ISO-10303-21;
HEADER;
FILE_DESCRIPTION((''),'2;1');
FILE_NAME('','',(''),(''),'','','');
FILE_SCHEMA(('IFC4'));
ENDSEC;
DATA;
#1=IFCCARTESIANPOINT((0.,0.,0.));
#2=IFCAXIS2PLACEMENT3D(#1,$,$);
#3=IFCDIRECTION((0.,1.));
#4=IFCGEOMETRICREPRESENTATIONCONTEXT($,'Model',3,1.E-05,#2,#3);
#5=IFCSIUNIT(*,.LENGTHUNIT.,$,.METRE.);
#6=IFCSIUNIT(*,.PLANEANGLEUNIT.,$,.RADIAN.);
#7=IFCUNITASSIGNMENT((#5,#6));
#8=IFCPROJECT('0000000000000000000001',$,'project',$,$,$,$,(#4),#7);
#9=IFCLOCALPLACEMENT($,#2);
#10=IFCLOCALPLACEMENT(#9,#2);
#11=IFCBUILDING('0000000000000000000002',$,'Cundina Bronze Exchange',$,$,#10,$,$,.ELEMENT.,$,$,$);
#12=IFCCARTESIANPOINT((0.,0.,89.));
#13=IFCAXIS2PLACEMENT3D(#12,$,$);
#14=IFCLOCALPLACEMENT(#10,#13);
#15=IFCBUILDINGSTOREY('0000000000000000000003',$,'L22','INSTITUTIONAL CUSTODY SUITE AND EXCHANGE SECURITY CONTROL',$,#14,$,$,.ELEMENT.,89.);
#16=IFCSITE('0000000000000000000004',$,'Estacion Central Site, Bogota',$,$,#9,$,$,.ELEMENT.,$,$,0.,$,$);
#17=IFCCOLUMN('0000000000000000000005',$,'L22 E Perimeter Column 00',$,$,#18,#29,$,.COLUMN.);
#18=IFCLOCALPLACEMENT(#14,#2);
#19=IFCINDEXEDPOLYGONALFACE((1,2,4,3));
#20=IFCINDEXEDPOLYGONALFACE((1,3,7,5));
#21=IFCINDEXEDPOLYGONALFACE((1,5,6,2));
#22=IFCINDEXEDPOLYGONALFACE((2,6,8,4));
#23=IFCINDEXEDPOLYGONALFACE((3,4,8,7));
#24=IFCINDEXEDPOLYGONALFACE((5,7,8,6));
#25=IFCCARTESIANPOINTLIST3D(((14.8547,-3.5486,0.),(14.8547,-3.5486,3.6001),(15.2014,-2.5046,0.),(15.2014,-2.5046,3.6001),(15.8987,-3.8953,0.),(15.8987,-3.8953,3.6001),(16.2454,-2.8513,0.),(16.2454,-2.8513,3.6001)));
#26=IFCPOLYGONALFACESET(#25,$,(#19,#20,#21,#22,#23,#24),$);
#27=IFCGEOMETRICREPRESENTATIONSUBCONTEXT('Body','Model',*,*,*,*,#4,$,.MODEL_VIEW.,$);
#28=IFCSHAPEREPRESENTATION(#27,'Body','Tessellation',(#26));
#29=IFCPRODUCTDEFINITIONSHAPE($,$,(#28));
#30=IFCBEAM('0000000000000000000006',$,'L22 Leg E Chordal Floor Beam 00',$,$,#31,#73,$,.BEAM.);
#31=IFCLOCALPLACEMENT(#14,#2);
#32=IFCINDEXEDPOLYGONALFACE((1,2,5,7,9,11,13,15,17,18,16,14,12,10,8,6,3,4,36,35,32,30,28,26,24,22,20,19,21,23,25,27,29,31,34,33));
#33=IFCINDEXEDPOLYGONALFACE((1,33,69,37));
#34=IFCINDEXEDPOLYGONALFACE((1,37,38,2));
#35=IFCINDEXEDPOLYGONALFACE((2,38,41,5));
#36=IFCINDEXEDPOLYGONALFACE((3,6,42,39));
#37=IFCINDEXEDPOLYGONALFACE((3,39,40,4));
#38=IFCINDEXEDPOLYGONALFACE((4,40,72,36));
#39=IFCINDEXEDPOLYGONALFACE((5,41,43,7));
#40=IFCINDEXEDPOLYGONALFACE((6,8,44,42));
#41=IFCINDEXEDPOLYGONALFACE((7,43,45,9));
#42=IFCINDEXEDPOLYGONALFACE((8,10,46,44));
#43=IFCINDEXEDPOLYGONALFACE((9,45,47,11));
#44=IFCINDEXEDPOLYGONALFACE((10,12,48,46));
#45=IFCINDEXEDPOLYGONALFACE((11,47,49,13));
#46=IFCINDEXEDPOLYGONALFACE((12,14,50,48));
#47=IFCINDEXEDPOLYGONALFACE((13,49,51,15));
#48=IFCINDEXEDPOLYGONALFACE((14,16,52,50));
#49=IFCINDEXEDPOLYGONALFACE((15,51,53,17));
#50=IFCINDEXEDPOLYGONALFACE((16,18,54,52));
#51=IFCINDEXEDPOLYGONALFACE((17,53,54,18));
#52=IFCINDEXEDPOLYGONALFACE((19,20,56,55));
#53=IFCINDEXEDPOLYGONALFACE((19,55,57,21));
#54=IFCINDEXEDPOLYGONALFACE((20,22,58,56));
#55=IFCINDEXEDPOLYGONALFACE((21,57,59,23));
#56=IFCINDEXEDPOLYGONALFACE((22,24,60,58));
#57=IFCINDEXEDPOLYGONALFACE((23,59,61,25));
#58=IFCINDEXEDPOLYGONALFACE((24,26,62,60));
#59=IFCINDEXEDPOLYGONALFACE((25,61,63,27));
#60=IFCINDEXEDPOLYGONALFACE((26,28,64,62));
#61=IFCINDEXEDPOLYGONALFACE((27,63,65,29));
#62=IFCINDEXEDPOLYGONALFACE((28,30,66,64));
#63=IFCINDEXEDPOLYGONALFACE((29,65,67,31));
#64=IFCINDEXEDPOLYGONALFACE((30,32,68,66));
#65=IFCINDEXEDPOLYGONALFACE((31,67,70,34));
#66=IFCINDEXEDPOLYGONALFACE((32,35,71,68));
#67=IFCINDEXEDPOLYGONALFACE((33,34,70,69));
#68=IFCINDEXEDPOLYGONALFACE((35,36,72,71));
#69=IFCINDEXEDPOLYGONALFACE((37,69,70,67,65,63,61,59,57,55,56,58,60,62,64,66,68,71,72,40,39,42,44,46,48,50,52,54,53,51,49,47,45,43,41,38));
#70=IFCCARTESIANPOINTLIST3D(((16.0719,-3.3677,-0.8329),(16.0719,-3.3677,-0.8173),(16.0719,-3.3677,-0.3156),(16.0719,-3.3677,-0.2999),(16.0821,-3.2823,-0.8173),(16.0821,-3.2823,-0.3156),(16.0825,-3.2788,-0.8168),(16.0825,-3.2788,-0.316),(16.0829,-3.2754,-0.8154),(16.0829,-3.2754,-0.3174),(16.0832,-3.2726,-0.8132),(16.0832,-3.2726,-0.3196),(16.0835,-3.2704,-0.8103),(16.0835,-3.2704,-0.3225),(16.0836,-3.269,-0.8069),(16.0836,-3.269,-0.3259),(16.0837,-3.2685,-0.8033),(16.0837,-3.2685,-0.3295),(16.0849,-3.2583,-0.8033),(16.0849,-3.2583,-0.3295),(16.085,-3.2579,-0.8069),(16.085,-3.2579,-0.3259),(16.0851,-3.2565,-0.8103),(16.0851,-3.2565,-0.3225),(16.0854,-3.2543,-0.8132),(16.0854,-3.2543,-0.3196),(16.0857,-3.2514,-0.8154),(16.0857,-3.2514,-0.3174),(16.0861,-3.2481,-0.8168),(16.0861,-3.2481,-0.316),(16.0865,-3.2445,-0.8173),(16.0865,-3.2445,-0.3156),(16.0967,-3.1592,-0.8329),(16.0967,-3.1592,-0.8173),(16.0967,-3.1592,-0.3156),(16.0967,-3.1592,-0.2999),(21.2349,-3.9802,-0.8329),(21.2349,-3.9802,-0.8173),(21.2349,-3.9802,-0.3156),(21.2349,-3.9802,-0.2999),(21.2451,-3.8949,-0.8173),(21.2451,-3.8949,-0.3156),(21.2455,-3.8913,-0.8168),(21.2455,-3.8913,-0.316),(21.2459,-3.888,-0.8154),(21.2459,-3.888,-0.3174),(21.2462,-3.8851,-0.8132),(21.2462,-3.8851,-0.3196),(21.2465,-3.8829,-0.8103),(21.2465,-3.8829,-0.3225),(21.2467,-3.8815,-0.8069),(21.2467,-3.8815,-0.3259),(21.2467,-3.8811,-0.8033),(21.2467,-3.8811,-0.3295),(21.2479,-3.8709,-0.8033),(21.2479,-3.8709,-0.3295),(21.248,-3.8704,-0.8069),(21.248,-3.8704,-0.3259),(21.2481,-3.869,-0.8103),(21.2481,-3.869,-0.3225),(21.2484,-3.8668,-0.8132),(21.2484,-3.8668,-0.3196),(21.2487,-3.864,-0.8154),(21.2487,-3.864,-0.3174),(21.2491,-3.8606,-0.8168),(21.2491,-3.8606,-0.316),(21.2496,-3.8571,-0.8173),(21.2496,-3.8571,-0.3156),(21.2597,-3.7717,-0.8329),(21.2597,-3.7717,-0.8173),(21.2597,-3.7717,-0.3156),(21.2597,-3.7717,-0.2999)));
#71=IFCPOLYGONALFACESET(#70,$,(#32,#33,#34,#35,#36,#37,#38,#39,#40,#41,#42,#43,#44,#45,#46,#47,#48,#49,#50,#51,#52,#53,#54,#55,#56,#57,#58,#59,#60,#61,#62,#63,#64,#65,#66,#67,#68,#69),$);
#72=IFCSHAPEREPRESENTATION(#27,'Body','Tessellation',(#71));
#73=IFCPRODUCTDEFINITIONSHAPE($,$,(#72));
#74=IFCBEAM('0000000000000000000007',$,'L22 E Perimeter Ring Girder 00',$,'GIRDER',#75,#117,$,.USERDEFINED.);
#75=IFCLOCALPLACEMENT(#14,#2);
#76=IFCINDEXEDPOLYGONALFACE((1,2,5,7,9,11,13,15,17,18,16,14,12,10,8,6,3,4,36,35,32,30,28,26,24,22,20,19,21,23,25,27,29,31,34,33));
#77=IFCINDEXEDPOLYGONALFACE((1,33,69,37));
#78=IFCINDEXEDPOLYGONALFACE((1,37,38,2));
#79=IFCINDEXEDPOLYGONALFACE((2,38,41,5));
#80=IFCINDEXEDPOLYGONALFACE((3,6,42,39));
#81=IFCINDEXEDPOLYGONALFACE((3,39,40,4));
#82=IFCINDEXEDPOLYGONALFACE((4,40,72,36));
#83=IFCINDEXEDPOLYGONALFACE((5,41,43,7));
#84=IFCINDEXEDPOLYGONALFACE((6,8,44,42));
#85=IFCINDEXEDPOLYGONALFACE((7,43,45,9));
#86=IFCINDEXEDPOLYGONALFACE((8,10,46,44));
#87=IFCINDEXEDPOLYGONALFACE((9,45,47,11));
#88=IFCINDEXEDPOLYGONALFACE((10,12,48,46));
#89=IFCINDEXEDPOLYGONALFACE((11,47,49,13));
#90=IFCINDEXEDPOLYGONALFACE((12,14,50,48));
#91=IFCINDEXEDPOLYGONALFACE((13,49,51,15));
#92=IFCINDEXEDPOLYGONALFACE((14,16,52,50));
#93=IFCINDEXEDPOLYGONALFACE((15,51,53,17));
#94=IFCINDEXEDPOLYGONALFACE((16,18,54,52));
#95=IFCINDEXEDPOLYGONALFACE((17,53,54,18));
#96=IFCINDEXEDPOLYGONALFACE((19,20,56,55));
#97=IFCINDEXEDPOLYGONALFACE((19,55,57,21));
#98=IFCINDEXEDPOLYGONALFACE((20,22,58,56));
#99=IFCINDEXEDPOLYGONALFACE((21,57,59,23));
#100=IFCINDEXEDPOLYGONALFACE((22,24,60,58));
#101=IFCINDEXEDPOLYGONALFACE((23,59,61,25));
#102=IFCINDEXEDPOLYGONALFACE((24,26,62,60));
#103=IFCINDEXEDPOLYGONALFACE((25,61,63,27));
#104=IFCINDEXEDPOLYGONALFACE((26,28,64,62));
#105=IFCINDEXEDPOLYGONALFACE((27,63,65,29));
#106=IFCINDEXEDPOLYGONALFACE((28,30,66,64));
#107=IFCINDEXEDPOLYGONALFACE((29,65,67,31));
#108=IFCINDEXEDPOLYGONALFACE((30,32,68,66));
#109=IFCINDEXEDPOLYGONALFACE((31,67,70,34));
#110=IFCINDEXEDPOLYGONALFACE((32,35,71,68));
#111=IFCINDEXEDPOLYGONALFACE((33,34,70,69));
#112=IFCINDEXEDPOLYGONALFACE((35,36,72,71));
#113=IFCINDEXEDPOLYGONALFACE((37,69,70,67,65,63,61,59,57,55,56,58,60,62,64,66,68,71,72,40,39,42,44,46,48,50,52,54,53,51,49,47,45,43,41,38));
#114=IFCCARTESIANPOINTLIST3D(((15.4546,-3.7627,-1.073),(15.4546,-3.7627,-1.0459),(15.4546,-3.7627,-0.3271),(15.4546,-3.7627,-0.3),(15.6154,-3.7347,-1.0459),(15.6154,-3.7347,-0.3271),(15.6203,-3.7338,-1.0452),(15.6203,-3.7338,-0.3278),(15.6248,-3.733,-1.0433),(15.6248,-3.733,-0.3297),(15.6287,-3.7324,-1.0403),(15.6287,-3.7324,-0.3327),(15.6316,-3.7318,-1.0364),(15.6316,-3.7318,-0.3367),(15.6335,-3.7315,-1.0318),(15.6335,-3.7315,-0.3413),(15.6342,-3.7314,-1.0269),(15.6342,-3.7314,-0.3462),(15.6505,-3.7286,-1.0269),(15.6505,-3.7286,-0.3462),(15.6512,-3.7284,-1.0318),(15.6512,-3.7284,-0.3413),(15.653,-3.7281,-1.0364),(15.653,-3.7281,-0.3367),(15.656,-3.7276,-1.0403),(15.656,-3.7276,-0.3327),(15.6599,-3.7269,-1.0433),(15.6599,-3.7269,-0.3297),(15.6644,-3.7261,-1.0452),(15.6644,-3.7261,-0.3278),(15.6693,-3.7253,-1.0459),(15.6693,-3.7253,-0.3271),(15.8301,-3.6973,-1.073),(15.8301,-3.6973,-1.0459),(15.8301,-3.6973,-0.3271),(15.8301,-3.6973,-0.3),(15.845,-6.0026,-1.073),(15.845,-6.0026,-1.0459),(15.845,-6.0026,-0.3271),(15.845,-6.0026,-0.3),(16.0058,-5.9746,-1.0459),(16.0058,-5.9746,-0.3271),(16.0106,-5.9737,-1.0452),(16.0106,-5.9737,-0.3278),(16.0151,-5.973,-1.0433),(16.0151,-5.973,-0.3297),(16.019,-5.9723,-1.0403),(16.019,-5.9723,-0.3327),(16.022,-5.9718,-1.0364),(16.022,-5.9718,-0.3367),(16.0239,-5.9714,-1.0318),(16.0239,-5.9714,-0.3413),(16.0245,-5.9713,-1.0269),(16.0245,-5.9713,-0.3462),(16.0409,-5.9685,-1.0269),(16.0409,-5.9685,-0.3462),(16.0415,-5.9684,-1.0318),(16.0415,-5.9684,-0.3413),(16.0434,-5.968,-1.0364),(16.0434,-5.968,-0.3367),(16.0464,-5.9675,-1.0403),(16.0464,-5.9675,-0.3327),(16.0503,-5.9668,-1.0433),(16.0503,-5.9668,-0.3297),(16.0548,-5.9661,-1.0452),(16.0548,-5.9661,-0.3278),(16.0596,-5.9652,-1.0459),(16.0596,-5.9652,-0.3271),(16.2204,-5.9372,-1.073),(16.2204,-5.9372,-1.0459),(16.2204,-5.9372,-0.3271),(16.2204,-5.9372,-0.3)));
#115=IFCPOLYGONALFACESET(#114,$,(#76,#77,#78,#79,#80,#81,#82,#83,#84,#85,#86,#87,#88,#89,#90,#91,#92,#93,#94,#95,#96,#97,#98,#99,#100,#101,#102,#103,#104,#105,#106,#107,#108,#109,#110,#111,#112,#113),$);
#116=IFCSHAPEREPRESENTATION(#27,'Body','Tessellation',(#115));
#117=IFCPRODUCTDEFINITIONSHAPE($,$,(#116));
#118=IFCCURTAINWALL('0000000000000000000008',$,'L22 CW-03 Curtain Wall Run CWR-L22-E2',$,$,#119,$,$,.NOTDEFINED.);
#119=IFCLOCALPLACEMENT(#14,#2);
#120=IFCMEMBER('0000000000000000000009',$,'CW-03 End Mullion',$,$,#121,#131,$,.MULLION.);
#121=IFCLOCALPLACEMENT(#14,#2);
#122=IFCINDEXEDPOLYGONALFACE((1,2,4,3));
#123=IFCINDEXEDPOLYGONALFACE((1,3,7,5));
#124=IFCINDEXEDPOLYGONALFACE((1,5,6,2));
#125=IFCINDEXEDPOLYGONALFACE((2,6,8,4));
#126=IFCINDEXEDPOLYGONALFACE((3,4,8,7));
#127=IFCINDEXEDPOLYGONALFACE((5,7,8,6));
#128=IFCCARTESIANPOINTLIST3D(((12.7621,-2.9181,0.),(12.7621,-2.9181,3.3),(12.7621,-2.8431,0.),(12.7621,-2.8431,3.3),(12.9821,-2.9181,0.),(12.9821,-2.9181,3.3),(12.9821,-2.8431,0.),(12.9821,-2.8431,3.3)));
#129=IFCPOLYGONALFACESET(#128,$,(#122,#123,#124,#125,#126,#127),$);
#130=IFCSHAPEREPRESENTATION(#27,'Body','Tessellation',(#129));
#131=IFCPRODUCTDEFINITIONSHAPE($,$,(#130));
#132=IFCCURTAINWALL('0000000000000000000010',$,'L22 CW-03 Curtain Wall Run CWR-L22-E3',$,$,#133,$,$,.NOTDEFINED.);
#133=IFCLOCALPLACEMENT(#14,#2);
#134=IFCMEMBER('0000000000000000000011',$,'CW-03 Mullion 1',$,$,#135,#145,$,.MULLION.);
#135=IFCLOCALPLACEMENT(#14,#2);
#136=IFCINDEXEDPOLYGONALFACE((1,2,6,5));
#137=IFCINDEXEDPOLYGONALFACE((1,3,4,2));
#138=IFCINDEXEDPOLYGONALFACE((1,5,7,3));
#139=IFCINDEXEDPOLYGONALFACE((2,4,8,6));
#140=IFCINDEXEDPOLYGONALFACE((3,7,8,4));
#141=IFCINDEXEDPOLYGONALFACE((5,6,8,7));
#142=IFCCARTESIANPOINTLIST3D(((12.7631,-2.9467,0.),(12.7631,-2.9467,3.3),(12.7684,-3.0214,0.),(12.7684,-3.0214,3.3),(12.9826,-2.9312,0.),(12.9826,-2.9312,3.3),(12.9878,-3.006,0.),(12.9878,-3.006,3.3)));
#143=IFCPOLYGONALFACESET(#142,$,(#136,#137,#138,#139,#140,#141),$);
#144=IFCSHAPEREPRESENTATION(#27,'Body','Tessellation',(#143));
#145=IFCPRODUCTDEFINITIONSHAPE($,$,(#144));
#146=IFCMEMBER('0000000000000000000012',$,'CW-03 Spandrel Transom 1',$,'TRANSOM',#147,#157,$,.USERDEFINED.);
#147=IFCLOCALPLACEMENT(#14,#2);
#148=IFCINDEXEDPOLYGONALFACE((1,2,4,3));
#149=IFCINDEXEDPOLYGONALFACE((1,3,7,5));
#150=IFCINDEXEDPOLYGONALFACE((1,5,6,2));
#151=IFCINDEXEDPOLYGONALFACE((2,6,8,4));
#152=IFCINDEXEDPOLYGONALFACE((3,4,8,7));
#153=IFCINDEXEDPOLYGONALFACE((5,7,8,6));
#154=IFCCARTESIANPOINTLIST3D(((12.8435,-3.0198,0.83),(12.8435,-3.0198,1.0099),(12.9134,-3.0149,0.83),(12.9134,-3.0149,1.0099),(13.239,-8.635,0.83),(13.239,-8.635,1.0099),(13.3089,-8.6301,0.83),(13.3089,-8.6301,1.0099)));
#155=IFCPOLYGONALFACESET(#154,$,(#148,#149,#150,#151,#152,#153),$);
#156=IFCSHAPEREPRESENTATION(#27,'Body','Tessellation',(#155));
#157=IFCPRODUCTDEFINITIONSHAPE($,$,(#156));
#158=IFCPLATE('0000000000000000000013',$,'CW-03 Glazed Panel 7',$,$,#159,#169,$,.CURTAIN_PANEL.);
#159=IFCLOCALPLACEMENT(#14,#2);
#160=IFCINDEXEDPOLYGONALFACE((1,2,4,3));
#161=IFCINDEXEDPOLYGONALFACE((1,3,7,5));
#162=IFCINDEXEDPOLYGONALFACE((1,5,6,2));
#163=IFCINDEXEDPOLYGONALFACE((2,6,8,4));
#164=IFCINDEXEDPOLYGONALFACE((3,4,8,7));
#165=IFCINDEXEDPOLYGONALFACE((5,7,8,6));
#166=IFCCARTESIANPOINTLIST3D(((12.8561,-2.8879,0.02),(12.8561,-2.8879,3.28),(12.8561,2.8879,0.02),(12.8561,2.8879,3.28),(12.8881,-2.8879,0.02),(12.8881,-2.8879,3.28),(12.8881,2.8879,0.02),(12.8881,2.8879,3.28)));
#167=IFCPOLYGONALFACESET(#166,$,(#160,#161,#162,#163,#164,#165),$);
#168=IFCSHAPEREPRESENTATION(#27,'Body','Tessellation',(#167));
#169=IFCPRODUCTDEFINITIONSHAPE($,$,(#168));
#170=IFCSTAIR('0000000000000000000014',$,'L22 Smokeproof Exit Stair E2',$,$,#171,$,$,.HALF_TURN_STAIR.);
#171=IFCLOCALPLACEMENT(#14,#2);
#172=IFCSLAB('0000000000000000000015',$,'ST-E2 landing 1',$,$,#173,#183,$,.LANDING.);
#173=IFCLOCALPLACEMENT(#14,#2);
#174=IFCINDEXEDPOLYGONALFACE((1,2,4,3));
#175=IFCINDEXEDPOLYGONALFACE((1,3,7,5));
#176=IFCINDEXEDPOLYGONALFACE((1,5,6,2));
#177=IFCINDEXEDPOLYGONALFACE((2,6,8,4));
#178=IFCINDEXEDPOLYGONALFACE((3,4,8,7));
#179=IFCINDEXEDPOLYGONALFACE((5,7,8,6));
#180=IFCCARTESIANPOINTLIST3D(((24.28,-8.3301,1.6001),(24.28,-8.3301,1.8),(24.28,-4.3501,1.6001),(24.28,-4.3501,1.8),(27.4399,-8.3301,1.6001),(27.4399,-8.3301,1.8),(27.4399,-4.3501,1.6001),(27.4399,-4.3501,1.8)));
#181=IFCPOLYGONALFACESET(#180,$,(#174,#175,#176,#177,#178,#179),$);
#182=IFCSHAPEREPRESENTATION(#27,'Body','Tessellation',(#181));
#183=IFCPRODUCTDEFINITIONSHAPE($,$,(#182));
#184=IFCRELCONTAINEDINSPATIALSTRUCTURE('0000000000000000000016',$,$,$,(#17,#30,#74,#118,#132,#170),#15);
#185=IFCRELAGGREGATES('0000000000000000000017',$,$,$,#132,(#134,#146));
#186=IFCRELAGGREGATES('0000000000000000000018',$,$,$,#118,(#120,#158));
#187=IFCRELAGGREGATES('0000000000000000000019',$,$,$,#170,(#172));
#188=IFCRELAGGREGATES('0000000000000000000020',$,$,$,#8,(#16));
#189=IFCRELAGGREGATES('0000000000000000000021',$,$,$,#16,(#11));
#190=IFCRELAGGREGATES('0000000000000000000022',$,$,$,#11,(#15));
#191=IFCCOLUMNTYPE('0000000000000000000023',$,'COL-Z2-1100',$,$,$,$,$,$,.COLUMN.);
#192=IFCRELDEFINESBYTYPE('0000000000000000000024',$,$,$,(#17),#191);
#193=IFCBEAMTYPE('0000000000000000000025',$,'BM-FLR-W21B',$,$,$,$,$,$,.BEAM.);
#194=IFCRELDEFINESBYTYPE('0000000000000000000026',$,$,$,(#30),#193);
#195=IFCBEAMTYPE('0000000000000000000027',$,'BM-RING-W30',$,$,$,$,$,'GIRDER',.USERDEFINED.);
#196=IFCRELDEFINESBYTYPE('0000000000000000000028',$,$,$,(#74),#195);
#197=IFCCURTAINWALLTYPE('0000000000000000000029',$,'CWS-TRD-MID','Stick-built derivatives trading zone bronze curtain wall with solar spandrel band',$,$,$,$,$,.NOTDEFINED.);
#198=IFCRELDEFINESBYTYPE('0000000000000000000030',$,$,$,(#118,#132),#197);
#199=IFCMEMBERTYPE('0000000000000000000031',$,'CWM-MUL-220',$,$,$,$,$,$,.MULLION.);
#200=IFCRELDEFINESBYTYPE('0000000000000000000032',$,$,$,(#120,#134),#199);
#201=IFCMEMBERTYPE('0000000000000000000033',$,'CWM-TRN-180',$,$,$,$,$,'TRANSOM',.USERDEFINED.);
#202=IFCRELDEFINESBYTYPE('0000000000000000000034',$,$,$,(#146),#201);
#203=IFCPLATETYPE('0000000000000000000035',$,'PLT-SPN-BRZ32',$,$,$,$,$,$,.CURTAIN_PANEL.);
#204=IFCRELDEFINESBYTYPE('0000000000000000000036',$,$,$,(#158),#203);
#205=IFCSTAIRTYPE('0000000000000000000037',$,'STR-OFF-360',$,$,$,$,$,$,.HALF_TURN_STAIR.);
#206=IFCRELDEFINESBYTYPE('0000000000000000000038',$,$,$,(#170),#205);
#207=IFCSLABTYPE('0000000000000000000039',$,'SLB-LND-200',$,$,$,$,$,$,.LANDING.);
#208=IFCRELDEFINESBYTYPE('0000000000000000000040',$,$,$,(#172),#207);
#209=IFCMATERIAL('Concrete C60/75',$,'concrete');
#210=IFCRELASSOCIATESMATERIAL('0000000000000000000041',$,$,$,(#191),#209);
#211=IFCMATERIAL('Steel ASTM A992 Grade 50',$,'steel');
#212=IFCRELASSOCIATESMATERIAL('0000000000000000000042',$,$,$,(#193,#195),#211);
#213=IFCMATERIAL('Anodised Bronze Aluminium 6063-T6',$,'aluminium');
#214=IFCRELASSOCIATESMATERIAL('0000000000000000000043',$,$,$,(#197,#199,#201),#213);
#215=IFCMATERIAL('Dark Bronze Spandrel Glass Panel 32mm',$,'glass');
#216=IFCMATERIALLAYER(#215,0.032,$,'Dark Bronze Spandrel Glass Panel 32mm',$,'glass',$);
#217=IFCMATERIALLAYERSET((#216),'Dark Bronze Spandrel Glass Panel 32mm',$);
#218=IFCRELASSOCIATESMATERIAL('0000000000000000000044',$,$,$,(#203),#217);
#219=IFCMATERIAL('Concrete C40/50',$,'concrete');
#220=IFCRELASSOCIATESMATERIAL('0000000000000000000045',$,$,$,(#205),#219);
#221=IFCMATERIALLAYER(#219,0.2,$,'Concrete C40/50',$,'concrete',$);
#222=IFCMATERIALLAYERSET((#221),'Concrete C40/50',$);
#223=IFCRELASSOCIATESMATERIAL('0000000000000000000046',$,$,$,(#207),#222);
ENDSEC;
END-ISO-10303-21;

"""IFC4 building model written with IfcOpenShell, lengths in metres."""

from ifc_helpers import new_model, si_unit, direction, frame, origin, origin_2d, place, context, subcontext, project, spatial, polyline, rectangle, i_section, outline, extrude, material, layer, layer_set, material_profile, profile_set, type_object, element, aggregate, save


model = new_model("IFC4")

# Units and contexts
model_context = context("Model", 3, precision=1e-05, world=origin(), true_north=direction((0.0, 1.0)))
body_context = subcontext(model_context, "Body", "Model", "MODEL_VIEW")
ifc_project = project(units=[si_unit("LENGTHUNIT", "METRE"), si_unit("PLANEANGLEUNIT", "RADIAN")], contexts=[model_context])

# Site, building, storey
site_placement = place(None, origin())
site = spatial("IfcSite", under=ifc_project, at=site_placement, Name="Estacion Central Site, Bogota", CompositionType="ELEMENT", RefElevation=0.0)
building_placement = place(site_placement, origin())
building = spatial("IfcBuilding", under=site, at=building_placement, Name="Cundina Bronze Exchange", CompositionType="ELEMENT")
storey_placement = place(building_placement, frame((0.0, 0.0, 89.0)))
storey = spatial("IfcBuildingStorey", under=building, at=storey_placement, Name="L22", Description="INSTITUTIONAL CUSTODY SUITE AND EXCHANGE SECURITY CONTROL", CompositionType="ELEMENT", Elevation=89.0)

# Column
ifc_material_1 = material(Name="Concrete C60/75", Category="concrete")
ifc_material_profile_1 = material_profile(ifc_material_1, rectangle(XDim=1.1001, YDim=1.1001, at=origin_2d()), Name="RC1100X1100", Category="concrete")
ifc_profile_set_1 = profile_set([ifc_material_profile_1], Name="Concrete C60/75")
column_type = type_object("IfcColumnType", Name="COL-Z2-1100", PredefinedType="COLUMN", material=ifc_profile_set_1)
column_placement = place(storey_placement, frame((15.55, -3.2, 0.0), z_axis=(0.0, 0.0, 1.0), x_axis=(-0.315152, -0.949041, 0.0)))
element("IfcColumn", 1, at=column_placement, inside=storey, type_object=column_type, Name="L22 E Perimeter Column 00", PredefinedType="COLUMN", context=body_context, shape_type="SweptSolid", body=[
    extrude(rectangle(XDim=1.1001, YDim=1.1001, at=origin_2d()), origin(), (0.0, 0.0, 1.0), 3.6001),
])

# Beams
ifc_material_2 = material(Name="Steel ASTM A992 Grade 50", Category="steel")
ifc_material_profile_2 = material_profile(ifc_material_2, i_section(OverallWidth=0.21, OverallDepth=0.533, WebThickness=0.0103, FlangeThickness=0.0156, FilletRadius=0.0139, at=origin_2d()), Name="W21X62", Category="steel")
ifc_profile_set_2 = profile_set([ifc_material_profile_2], Name="Steel ASTM A992 Grade 50")
beam_type_1 = type_object("IfcBeamType", Name="BM-FLR-W21B", PredefinedType="BEAM", material=ifc_profile_set_2)
beam_1_placement = place(storey_placement, frame((21.2473, -3.876, -0.5664), z_axis=(-0.993036, 0.117814, 0.0), x_axis=(-0.117814, -0.993036, 0.0)))
element("IfcBeam", 2, at=beam_1_placement, inside=storey, type_object=beam_type_1, Name="L22 Leg E Chordal Floor Beam 00", PredefinedType="BEAM", context=body_context, shape_type="SweptSolid", body=[
    extrude(i_section(OverallWidth=0.21, OverallDepth=0.533, WebThickness=0.0103, FlangeThickness=0.0156, FilletRadius=0.0139, at=origin_2d()), origin(), (0.0, 0.0, 1.0), 5.1992),
])
ifc_material_profile_3 = material_profile(ifc_material_2, i_section(OverallWidth=0.3811, OverallDepth=0.7729, WebThickness=0.0166, FlangeThickness=0.0271, FilletRadius=0.019, at=origin_2d()), Name="W30X173", Category="steel")
ifc_profile_set_3 = profile_set([ifc_material_profile_3], Name="Steel ASTM A992 Grade 50")
beam_type_2 = type_object("IfcBeamType", Name="BM-RING-W30", ElementType="GIRDER", PredefinedType="USERDEFINED", material=ifc_profile_set_3)
beam_2_placement = place(storey_placement, frame((15.6423, -3.73, -0.6865), z_axis=(0.17169, -0.985151, 0.0), x_axis=(0.985151, 0.17169, 0.0)))
element("IfcBeam", 3, at=beam_2_placement, inside=storey, type_object=beam_type_2, Name="L22 E Perimeter Ring Girder 00", ObjectType="GIRDER", PredefinedType="USERDEFINED", context=body_context, shape_type="SweptSolid", body=[
    extrude(i_section(OverallWidth=0.3811, OverallDepth=0.7729, WebThickness=0.0166, FlangeThickness=0.0271, FilletRadius=0.019, at=origin_2d()), origin(), (0.0, 0.0, 1.0), 2.2737),
])

# Curtain wall, member
ifc_material_3 = material(Name="Anodised Bronze Aluminium 6063-T6", Category="aluminium")
curtain_wall_type = type_object("IfcCurtainWallType", Name="CWS-TRD-MID", Description="Stick-built derivatives trading zone bronze curtain wall with solar spandrel band", PredefinedType="NOTDEFINED", material=ifc_material_3)
curtain_wall_1_placement = place(storey_placement, origin())
curtain_wall_1 = element("IfcCurtainWall", 4, at=curtain_wall_1_placement, inside=storey, type_object=curtain_wall_type, Name="L22 CW-03 Curtain Wall Run CWR-L22-E2", PredefinedType="NOTDEFINED")
ifc_material_profile_4 = material_profile(ifc_material_3, rectangle(XDim=0.075, YDim=0.22, at=origin_2d()), Name="AL75X220", Category="aluminium")
ifc_profile_set_4 = profile_set([ifc_material_profile_4], Name="Anodised Bronze Aluminium 6063-T6")
member_type_1 = type_object("IfcMemberType", Name="CWM-MUL-220", PredefinedType="MULLION", material=ifc_profile_set_4)
member_1_placement = place(storey_placement, frame((12.8721, -2.8806, 0.0), z_axis=(0.0, 0.0, 1.0), x_axis=(0.0, -1.0, 0.0)))
member_1 = element("IfcMember", 5, at=member_1_placement, type_object=member_type_1, Name="CW-03 End Mullion", PredefinedType="MULLION", context=body_context, shape_type="SweptSolid", body=[
    extrude(rectangle(XDim=0.075, YDim=0.22, at=origin_2d()), origin(), (0.0, 0.0, 1.0), 3.3),
])

# Curtain wall, members
curtain_wall_2_placement = place(storey_placement, origin())
curtain_wall_2 = element("IfcCurtainWall", 6, at=curtain_wall_2_placement, inside=storey, type_object=curtain_wall_type, Name="L22 CW-03 Curtain Wall Run CWR-L22-E3", PredefinedType="NOTDEFINED")
member_2_placement = place(storey_placement, frame((12.8755, -2.9763, 0.0), z_axis=(0.0, 0.0, 1.0), x_axis=(0.070279, -0.997527, 0.0)))
member_2 = element("IfcMember", 7, at=member_2_placement, type_object=member_type_1, Name="CW-03 Mullion 1", PredefinedType="MULLION", context=body_context, shape_type="SweptSolid", body=[
    extrude(rectangle(XDim=0.075, YDim=0.22, at=origin_2d()), origin(), (0.0, 0.0, 1.0), 3.3),
])
ifc_material_profile_5 = material_profile(ifc_material_3, rectangle(XDim=0.0701, YDim=0.1799, at=origin_2d()), Name="AL70X180", Category="aluminium")
ifc_profile_set_5 = profile_set([ifc_material_profile_5], Name="Anodised Bronze Aluminium 6063-T6")
member_type_2 = type_object("IfcMemberType", Name="CWM-TRN-180", ElementType="TRANSOM", PredefinedType="USERDEFINED", material=ifc_profile_set_5)
member_3_placement = place(storey_placement, frame((12.8784, -3.0173, 0.9199), z_axis=(0.070261, -0.997529, 0.0), x_axis=(0.997529, 0.070261, 0.0)))
member_3 = element("IfcMember", 8, at=member_3_placement, type_object=member_type_2, Name="CW-03 Spandrel Transom 1", ObjectType="TRANSOM", PredefinedType="USERDEFINED", context=body_context, shape_type="SweptSolid", body=[
    extrude(rectangle(XDim=0.0701, YDim=0.1799, at=origin_2d()), origin(), (0.0, 0.0, 1.0), 5.6292),
])
aggregate(curtain_wall_2, [member_2, member_3])

# Plate
ifc_material_4 = material(Name="Dark Bronze Spandrel Glass Panel 32mm", Category="glass")
ifc_layer_1 = layer(ifc_material_4, 0.032, Name="Dark Bronze Spandrel Glass Panel 32mm", Category="glass")
ifc_layer_set_1 = layer_set([ifc_layer_1], Name="Dark Bronze Spandrel Glass Panel 32mm")
plate_type = type_object("IfcPlateType", Name="PLT-SPN-BRZ32", PredefinedType="CURTAIN_PANEL", material=ifc_layer_set_1)
plate_placement = place(storey_placement, frame((12.8721, 0.0, 0.02), z_axis=(0.0, 0.0, 1.0), x_axis=(0.0, -1.0, 0.0)))
plate = element("IfcPlate", 9, at=plate_placement, type_object=plate_type, Name="CW-03 Glazed Panel 7", PredefinedType="CURTAIN_PANEL", context=body_context, shape_type="SweptSolid", body=[
    extrude(rectangle(XDim=5.7759, YDim=0.032, at=origin_2d()), origin(), (0.0, 0.0, 1.0), 3.26),
])
aggregate(curtain_wall_1, [member_1, plate])

# Stair, slab
ifc_material_5 = material(Name="Concrete C40/50", Category="concrete")
stair_type = type_object("IfcStairType", Name="STR-OFF-360", PredefinedType="HALF_TURN_STAIR", material=ifc_material_5)
stair_placement = place(storey_placement, origin())
stair = element("IfcStair", 10, at=stair_placement, inside=storey, type_object=stair_type, Name="L22 Smokeproof Exit Stair E2", PredefinedType="HALF_TURN_STAIR")
ifc_layer_2 = layer(ifc_material_5, 0.2, Name="Concrete C40/50", Category="concrete")
ifc_layer_set_2 = layer_set([ifc_layer_2], Name="Concrete C40/50")
slab_type = type_object("IfcSlabType", Name="SLB-LND-200", PredefinedType="LANDING", material=ifc_layer_set_2)
slab_placement = place(storey_placement, frame((0.0, 0.0, 1.6001)))
slab = element("IfcSlab", 11, at=slab_placement, type_object=slab_type, Name="ST-E2 landing 1", PredefinedType="LANDING", context=body_context, shape_type="SweptSolid", body=[
    extrude(outline(polyline([(27.4399, -8.3301), (27.4399, -4.3501), (24.28, -4.3501), (24.28, -8.3301), (27.4399, -8.3301)])), origin(), (0.0, 0.0, 1.0), 0.2),
])
aggregate(stair, [slab])

save(model, "model.ifc")
